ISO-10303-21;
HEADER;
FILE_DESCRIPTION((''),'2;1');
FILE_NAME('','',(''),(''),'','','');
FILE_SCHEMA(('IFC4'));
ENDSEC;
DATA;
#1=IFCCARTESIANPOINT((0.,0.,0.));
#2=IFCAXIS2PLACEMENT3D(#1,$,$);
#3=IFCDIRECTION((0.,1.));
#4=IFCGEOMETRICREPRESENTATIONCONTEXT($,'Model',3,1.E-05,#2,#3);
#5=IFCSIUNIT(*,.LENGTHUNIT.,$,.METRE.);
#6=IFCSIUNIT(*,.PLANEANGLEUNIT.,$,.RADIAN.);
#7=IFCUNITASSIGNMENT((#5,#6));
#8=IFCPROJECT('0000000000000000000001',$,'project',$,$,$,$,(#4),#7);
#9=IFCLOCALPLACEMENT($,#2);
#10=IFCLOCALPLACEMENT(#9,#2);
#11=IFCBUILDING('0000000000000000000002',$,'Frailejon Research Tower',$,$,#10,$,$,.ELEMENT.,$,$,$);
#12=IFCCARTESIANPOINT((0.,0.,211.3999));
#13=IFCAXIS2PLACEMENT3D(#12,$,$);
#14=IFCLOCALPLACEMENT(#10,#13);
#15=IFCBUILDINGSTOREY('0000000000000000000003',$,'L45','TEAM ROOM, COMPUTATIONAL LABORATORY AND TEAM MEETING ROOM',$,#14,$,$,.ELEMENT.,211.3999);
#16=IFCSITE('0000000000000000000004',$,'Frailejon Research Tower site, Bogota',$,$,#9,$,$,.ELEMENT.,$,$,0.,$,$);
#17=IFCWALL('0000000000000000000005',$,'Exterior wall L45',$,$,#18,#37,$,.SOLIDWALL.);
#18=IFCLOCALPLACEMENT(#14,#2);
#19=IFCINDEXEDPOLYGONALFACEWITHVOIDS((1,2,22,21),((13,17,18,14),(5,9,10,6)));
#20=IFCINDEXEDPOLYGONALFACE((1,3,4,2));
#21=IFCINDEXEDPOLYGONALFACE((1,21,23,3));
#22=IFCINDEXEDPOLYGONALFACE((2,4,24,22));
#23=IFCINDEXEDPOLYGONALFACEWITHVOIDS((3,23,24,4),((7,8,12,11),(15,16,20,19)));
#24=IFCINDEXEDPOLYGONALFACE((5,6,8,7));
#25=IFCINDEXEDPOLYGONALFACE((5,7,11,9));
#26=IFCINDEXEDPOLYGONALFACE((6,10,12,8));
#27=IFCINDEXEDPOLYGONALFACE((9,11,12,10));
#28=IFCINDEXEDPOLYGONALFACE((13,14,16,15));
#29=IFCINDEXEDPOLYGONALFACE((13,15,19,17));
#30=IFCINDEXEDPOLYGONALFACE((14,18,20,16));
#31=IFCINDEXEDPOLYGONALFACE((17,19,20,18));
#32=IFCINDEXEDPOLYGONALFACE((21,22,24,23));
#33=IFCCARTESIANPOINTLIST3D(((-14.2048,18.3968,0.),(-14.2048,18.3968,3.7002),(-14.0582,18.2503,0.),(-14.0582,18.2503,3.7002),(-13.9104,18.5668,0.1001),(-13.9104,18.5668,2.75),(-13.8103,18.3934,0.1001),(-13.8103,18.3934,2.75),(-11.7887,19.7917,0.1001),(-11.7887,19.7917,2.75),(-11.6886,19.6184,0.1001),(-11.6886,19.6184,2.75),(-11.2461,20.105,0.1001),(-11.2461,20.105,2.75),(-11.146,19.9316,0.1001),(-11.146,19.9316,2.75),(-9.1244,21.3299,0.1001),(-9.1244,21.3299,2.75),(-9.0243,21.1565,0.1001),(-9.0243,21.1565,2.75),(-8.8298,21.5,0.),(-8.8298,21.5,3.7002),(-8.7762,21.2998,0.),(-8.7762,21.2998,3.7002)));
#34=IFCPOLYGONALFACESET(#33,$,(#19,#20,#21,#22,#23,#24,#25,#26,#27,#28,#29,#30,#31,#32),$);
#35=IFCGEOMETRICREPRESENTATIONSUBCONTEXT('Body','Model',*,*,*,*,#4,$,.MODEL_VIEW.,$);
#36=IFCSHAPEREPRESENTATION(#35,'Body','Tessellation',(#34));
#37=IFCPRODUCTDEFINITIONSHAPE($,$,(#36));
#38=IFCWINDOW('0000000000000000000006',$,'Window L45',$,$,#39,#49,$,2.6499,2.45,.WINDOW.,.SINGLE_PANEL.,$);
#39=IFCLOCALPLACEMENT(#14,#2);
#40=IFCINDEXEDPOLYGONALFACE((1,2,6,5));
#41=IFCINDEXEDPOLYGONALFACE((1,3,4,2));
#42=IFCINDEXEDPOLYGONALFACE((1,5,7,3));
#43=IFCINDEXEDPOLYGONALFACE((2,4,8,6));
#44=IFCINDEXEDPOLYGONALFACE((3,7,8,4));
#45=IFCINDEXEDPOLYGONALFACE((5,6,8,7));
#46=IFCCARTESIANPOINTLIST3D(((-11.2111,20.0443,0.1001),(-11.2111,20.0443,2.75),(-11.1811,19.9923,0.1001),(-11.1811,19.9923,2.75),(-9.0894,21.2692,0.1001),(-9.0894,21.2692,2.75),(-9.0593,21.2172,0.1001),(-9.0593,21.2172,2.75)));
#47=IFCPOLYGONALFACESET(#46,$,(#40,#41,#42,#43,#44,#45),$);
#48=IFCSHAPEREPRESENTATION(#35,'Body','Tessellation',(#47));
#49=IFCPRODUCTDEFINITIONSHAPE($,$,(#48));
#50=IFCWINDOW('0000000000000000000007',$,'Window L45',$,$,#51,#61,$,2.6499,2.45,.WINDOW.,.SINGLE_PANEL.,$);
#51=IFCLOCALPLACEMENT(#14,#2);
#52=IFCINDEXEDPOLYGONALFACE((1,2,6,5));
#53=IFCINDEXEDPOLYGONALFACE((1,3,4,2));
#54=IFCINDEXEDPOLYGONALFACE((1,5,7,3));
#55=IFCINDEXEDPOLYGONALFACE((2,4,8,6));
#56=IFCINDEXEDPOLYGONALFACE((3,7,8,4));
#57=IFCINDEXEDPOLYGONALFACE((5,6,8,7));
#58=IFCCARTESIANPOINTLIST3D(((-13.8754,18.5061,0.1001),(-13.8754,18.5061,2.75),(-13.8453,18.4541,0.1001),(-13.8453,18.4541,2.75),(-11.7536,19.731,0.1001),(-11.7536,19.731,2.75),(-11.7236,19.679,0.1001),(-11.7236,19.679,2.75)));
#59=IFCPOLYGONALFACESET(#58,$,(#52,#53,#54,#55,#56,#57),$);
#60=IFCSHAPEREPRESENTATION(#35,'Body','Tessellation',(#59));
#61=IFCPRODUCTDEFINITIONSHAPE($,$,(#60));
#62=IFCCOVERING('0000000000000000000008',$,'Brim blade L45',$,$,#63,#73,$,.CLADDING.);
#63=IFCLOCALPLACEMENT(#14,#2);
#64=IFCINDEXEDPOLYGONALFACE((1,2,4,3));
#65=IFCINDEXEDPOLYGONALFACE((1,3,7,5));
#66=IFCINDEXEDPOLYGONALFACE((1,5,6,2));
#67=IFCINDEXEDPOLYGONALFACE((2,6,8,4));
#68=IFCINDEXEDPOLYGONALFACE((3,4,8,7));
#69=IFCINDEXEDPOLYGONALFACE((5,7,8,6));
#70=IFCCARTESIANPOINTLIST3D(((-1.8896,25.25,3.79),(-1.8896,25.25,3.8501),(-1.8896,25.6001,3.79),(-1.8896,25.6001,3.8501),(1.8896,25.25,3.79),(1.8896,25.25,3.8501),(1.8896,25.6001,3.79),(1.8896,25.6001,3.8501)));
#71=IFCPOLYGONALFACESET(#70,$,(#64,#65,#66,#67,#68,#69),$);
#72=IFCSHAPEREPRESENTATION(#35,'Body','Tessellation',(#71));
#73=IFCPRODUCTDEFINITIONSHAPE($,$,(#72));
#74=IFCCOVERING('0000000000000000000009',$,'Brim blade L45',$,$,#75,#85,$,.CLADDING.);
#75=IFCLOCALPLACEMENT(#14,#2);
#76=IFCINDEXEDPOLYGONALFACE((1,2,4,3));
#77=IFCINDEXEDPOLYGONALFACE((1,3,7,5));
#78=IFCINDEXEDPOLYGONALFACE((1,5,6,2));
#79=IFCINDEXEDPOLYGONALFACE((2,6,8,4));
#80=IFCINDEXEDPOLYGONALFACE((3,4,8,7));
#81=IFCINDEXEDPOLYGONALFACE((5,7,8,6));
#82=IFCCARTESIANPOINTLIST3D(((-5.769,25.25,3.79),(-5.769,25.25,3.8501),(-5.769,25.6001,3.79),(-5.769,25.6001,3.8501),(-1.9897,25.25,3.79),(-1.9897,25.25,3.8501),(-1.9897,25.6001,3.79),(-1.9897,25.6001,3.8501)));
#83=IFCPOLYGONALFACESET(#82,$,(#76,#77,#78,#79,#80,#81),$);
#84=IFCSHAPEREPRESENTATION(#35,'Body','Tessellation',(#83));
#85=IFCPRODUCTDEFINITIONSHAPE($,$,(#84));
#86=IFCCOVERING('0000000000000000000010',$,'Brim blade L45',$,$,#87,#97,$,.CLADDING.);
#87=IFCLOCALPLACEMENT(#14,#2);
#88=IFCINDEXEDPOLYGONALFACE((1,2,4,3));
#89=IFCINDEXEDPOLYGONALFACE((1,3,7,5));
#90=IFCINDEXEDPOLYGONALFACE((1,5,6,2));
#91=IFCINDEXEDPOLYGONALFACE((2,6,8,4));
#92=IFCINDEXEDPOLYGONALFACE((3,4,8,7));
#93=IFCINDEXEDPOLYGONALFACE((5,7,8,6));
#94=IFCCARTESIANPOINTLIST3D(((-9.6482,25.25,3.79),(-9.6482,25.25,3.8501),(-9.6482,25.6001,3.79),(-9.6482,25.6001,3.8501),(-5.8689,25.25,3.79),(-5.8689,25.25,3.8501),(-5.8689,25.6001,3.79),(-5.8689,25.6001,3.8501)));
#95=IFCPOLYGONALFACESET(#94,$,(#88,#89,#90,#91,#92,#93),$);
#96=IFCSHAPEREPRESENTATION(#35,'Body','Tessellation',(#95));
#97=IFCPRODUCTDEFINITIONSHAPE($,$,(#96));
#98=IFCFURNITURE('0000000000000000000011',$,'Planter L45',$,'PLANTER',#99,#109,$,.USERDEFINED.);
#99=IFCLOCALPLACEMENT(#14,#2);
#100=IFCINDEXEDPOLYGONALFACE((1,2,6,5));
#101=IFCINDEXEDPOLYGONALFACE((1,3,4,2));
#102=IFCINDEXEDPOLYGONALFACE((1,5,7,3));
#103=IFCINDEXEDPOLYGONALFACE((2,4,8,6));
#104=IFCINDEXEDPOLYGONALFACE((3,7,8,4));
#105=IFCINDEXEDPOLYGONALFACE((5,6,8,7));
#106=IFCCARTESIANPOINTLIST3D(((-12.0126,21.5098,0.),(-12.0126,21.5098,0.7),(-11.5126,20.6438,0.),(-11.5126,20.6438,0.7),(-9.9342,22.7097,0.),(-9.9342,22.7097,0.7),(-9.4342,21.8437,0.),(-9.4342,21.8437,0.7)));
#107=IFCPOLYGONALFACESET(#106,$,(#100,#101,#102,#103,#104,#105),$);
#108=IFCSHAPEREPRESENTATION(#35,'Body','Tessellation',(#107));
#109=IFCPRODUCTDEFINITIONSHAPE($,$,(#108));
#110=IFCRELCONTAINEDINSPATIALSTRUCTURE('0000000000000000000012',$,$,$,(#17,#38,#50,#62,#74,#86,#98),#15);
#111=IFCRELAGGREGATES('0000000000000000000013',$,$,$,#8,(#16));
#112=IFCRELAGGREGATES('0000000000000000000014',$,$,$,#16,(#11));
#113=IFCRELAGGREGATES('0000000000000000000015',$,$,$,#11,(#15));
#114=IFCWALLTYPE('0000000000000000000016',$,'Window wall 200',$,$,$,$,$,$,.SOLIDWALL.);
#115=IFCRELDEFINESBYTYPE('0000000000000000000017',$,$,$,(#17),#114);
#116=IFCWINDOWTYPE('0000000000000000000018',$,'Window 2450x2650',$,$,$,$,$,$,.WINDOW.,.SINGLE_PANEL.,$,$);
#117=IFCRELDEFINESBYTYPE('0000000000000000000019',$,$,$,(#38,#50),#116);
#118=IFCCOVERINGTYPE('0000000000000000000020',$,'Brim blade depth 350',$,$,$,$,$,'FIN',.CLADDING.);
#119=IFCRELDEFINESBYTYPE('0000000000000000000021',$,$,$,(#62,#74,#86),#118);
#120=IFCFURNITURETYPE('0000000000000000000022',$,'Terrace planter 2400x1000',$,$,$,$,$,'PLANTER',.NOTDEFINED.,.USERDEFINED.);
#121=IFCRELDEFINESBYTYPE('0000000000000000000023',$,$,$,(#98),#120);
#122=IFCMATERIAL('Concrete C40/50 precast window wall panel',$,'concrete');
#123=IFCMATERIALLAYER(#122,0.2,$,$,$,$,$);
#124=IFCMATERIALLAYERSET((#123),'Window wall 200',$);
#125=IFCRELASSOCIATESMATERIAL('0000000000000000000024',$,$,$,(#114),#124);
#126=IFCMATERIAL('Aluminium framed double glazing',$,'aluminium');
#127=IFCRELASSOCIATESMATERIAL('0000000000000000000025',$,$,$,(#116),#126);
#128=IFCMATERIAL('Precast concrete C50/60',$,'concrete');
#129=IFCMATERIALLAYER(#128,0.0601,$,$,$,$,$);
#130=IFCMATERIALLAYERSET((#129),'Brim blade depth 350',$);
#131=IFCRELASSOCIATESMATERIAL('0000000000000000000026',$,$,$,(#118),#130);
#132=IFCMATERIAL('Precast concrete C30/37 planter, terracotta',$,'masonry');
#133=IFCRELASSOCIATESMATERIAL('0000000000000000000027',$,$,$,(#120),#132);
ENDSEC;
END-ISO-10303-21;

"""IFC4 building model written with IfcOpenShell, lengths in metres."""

from ifc_helpers import new_model, si_unit, direction, frame, frame_2d, origin, origin_2d, place, context, subcontext, project, spatial, polyline, rectangle, outline, extrude, material, layer, layer_set, type_object, element, fill, save


model = new_model("IFC4")

# Units and contexts
model_context = context("Model", 3, precision=1e-05, world=origin(), true_north=direction((0.0, 1.0)))
body_context = subcontext(model_context, "Body", "Model", "MODEL_VIEW")
ifc_project = project(units=[si_unit("LENGTHUNIT", "METRE"), si_unit("PLANEANGLEUNIT", "RADIAN")], contexts=[model_context])

# Site, building, storey
site_placement = place(None, origin())
site = spatial("IfcSite", under=ifc_project, at=site_placement, Name="Frailejon Research Tower site, Bogota", CompositionType="ELEMENT", RefElevation=0.0)
building_placement = place(site_placement, origin())
building = spatial("IfcBuilding", under=site, at=building_placement, Name="Frailejon Research Tower", CompositionType="ELEMENT")
storey_placement = place(building_placement, frame((0.0, 0.0, 211.3999)))
storey = spatial("IfcBuildingStorey", under=building, at=storey_placement, Name="L45", Description="TEAM ROOM, COMPUTATIONAL LABORATORY AND TEAM MEETING ROOM", CompositionType="ELEMENT", Elevation=211.3999)

# Wall, openings, windows
ifc_material_1 = material(Name="Concrete C40/50 precast window wall panel", Category="concrete")
ifc_layer_1 = layer(ifc_material_1, 0.2)
ifc_layer_set_1 = layer_set([ifc_layer_1], Name="Window wall 200")
wall_type = type_object("IfcWallType", Name="Window wall 200", PredefinedType="SOLIDWALL", material=ifc_layer_set_1)
wall_placement = place(storey_placement, frame((-8.803, 21.3999, 0.0), z_axis=(0.0, 0.0, 1.0), x_axis=(-0.86603, -0.499993, 0.0)))
wall = element("IfcWall", 1, at=wall_placement, inside=storey, type_object=wall_type, Name="Exterior wall L45", PredefinedType="SOLIDWALL", context=body_context, shape_type="SweptSolid", body=[
    extrude(outline(polyline([(-0.0269, -0.1001), (1.0076, -0.1001), (2.042, -0.1001), (3.0764, -0.1001), (4.1108, -0.1001), (5.1453, -0.1001), (6.1797, -0.1001), (6.126, 0.1001), (5.1094, 0.1001), (4.093, 0.1001), (3.0764, 0.1001), (2.0598, 0.1001), (1.0435, 0.1001), (0.0269, 0.1001), (-0.0269, -0.1001)])), origin(), (0.0, 0.0, 1.0), 3.7002),
])
opening_1_placement = place(wall_placement, frame((0.3132, 0.0, 0.1001)))
opening_1 = element("IfcOpeningElement", 2, at=opening_1_placement, cuts=wall, PredefinedType="OPENING", context=body_context, shape_type="SweptSolid", body=[
    extrude(rectangle(XDim=2.45, YDim=2.6499, at=frame_2d((1.2251, 1.325))), frame((0.0, 0.1099, 0.0), z_axis=(0.0, -1.0, 0.0), x_axis=(1.0, 0.0, 0.0)), (0.0, 0.0, 1.0), 0.22),
])
opening_2_placement = place(wall_placement, frame((3.3896, 0.0, 0.1001)))
opening_2 = element("IfcOpeningElement", 3, at=opening_2_placement, cuts=wall, PredefinedType="OPENING", context=body_context, shape_type="SweptSolid", body=[
    extrude(rectangle(XDim=2.45, YDim=2.6499, at=frame_2d((1.2251, 1.325))), frame((0.0, 0.1099, 0.0), z_axis=(0.0, -1.0, 0.0), x_axis=(1.0, 0.0, 0.0)), (0.0, 0.0, 1.0), 0.22),
])
ifc_material_2 = material(Name="Aluminium framed double glazing", Category="aluminium")
window_type = type_object("IfcWindowType", Name="Window 2450x2650", PartitioningType="SINGLE_PANEL", PredefinedType="WINDOW", material=ifc_material_2)
window_1_placement = place(opening_1_placement, origin())
window_1 = element("IfcWindow", 4, at=window_1_placement, inside=storey, type_object=window_type, Name="Window L45", OverallHeight=2.6499, OverallWidth=2.45, PartitioningType="SINGLE_PANEL", PredefinedType="WINDOW", context=body_context, shape_type="SweptSolid", body=[
    extrude(rectangle(XDim=2.45, YDim=2.6499, at=frame_2d((1.2251, 1.325))), frame((0.0, 0.03, 0.0), z_axis=(0.0, -1.0, 0.0), x_axis=(1.0, 0.0, 0.0)), (0.0, 0.0, 1.0), 0.0601),
])
fill(opening_1, window_1)
window_2_placement = place(opening_2_placement, origin())
window_2 = element("IfcWindow", 5, at=window_2_placement, inside=storey, type_object=window_type, Name="Window L45", OverallHeight=2.6499, OverallWidth=2.45, PartitioningType="SINGLE_PANEL", PredefinedType="WINDOW", context=body_context, shape_type="SweptSolid", body=[
    extrude(rectangle(XDim=2.45, YDim=2.6499, at=frame_2d((1.2251, 1.325))), frame((0.0, 0.03, 0.0), z_axis=(0.0, -1.0, 0.0), x_axis=(1.0, 0.0, 0.0)), (0.0, 0.0, 1.0), 0.0601),
])
fill(opening_2, window_2)

# Coverings
ifc_material_3 = material(Name="Precast concrete C50/60", Category="concrete")
ifc_layer_2 = layer(ifc_material_3, 0.0601)
ifc_layer_set_2 = layer_set([ifc_layer_2], Name="Brim blade depth 350")
covering_type = type_object("IfcCoveringType", Name="Brim blade depth 350", ElementType="FIN", PredefinedType="CLADDING", material=ifc_layer_set_2)
for number, where, z_axis, x_axis, name in (
    (6, (-1.8896, 25.25, 3.8501), (1.0, 0.0, 0.0), (0.0, 1.0, 0.0), "Brim blade L45"),
    (7, (-5.769, 25.25, 3.8501), (1.0, 0.0, 0.0), (0.0, 1.0, 0.0), "Brim blade L45"),
    (8, (-9.6482, 25.25, 3.8501), (1.0, 0.0, 0.0), (0.0, 1.0, 0.0), "Brim blade L45"),
):
    element("IfcCovering", number, at=place(storey_placement, frame(where, z_axis=z_axis, x_axis=x_axis)), inside=storey, type_object=covering_type, Name=name, PredefinedType="CLADDING", context=body_context, shape_type="SweptSolid", body=[
        extrude(outline(polyline([(0.0, -0.0601), (0.3501, -0.0601), (0.3501, 0.0), (0.0, 0.0), (0.0, -0.0601)])), origin(), (0.0, 0.0, 1.0), 3.7793),
    ])

# Furniture
ifc_material_4 = material(Name="Precast concrete C30/37 planter, terracotta", Category="masonry")
furniture_type = type_object("IfcFurnitureType", Name="Terrace planter 2400x1000", ElementType="PLANTER", AssemblyPlace="NOTDEFINED", PredefinedType="USERDEFINED", material=ifc_material_4)
furniture_placement = place(storey_placement, frame((-10.7234, 21.6768, 0.0), z_axis=(0.0, 0.0, 1.0), x_axis=(-0.866025, -0.5, 0.0)))
element("IfcFurniture", 9, at=furniture_placement, inside=storey, type_object=furniture_type, Name="Planter L45", ObjectType="PLANTER", PredefinedType="USERDEFINED", context=body_context, shape_type="SweptSolid", body=[
    extrude(rectangle(XDim=2.3999, YDim=1.0, at=origin_2d()), origin(), (0.0, 0.0, 1.0), 0.7),
])

save(model, "model.ifc")
